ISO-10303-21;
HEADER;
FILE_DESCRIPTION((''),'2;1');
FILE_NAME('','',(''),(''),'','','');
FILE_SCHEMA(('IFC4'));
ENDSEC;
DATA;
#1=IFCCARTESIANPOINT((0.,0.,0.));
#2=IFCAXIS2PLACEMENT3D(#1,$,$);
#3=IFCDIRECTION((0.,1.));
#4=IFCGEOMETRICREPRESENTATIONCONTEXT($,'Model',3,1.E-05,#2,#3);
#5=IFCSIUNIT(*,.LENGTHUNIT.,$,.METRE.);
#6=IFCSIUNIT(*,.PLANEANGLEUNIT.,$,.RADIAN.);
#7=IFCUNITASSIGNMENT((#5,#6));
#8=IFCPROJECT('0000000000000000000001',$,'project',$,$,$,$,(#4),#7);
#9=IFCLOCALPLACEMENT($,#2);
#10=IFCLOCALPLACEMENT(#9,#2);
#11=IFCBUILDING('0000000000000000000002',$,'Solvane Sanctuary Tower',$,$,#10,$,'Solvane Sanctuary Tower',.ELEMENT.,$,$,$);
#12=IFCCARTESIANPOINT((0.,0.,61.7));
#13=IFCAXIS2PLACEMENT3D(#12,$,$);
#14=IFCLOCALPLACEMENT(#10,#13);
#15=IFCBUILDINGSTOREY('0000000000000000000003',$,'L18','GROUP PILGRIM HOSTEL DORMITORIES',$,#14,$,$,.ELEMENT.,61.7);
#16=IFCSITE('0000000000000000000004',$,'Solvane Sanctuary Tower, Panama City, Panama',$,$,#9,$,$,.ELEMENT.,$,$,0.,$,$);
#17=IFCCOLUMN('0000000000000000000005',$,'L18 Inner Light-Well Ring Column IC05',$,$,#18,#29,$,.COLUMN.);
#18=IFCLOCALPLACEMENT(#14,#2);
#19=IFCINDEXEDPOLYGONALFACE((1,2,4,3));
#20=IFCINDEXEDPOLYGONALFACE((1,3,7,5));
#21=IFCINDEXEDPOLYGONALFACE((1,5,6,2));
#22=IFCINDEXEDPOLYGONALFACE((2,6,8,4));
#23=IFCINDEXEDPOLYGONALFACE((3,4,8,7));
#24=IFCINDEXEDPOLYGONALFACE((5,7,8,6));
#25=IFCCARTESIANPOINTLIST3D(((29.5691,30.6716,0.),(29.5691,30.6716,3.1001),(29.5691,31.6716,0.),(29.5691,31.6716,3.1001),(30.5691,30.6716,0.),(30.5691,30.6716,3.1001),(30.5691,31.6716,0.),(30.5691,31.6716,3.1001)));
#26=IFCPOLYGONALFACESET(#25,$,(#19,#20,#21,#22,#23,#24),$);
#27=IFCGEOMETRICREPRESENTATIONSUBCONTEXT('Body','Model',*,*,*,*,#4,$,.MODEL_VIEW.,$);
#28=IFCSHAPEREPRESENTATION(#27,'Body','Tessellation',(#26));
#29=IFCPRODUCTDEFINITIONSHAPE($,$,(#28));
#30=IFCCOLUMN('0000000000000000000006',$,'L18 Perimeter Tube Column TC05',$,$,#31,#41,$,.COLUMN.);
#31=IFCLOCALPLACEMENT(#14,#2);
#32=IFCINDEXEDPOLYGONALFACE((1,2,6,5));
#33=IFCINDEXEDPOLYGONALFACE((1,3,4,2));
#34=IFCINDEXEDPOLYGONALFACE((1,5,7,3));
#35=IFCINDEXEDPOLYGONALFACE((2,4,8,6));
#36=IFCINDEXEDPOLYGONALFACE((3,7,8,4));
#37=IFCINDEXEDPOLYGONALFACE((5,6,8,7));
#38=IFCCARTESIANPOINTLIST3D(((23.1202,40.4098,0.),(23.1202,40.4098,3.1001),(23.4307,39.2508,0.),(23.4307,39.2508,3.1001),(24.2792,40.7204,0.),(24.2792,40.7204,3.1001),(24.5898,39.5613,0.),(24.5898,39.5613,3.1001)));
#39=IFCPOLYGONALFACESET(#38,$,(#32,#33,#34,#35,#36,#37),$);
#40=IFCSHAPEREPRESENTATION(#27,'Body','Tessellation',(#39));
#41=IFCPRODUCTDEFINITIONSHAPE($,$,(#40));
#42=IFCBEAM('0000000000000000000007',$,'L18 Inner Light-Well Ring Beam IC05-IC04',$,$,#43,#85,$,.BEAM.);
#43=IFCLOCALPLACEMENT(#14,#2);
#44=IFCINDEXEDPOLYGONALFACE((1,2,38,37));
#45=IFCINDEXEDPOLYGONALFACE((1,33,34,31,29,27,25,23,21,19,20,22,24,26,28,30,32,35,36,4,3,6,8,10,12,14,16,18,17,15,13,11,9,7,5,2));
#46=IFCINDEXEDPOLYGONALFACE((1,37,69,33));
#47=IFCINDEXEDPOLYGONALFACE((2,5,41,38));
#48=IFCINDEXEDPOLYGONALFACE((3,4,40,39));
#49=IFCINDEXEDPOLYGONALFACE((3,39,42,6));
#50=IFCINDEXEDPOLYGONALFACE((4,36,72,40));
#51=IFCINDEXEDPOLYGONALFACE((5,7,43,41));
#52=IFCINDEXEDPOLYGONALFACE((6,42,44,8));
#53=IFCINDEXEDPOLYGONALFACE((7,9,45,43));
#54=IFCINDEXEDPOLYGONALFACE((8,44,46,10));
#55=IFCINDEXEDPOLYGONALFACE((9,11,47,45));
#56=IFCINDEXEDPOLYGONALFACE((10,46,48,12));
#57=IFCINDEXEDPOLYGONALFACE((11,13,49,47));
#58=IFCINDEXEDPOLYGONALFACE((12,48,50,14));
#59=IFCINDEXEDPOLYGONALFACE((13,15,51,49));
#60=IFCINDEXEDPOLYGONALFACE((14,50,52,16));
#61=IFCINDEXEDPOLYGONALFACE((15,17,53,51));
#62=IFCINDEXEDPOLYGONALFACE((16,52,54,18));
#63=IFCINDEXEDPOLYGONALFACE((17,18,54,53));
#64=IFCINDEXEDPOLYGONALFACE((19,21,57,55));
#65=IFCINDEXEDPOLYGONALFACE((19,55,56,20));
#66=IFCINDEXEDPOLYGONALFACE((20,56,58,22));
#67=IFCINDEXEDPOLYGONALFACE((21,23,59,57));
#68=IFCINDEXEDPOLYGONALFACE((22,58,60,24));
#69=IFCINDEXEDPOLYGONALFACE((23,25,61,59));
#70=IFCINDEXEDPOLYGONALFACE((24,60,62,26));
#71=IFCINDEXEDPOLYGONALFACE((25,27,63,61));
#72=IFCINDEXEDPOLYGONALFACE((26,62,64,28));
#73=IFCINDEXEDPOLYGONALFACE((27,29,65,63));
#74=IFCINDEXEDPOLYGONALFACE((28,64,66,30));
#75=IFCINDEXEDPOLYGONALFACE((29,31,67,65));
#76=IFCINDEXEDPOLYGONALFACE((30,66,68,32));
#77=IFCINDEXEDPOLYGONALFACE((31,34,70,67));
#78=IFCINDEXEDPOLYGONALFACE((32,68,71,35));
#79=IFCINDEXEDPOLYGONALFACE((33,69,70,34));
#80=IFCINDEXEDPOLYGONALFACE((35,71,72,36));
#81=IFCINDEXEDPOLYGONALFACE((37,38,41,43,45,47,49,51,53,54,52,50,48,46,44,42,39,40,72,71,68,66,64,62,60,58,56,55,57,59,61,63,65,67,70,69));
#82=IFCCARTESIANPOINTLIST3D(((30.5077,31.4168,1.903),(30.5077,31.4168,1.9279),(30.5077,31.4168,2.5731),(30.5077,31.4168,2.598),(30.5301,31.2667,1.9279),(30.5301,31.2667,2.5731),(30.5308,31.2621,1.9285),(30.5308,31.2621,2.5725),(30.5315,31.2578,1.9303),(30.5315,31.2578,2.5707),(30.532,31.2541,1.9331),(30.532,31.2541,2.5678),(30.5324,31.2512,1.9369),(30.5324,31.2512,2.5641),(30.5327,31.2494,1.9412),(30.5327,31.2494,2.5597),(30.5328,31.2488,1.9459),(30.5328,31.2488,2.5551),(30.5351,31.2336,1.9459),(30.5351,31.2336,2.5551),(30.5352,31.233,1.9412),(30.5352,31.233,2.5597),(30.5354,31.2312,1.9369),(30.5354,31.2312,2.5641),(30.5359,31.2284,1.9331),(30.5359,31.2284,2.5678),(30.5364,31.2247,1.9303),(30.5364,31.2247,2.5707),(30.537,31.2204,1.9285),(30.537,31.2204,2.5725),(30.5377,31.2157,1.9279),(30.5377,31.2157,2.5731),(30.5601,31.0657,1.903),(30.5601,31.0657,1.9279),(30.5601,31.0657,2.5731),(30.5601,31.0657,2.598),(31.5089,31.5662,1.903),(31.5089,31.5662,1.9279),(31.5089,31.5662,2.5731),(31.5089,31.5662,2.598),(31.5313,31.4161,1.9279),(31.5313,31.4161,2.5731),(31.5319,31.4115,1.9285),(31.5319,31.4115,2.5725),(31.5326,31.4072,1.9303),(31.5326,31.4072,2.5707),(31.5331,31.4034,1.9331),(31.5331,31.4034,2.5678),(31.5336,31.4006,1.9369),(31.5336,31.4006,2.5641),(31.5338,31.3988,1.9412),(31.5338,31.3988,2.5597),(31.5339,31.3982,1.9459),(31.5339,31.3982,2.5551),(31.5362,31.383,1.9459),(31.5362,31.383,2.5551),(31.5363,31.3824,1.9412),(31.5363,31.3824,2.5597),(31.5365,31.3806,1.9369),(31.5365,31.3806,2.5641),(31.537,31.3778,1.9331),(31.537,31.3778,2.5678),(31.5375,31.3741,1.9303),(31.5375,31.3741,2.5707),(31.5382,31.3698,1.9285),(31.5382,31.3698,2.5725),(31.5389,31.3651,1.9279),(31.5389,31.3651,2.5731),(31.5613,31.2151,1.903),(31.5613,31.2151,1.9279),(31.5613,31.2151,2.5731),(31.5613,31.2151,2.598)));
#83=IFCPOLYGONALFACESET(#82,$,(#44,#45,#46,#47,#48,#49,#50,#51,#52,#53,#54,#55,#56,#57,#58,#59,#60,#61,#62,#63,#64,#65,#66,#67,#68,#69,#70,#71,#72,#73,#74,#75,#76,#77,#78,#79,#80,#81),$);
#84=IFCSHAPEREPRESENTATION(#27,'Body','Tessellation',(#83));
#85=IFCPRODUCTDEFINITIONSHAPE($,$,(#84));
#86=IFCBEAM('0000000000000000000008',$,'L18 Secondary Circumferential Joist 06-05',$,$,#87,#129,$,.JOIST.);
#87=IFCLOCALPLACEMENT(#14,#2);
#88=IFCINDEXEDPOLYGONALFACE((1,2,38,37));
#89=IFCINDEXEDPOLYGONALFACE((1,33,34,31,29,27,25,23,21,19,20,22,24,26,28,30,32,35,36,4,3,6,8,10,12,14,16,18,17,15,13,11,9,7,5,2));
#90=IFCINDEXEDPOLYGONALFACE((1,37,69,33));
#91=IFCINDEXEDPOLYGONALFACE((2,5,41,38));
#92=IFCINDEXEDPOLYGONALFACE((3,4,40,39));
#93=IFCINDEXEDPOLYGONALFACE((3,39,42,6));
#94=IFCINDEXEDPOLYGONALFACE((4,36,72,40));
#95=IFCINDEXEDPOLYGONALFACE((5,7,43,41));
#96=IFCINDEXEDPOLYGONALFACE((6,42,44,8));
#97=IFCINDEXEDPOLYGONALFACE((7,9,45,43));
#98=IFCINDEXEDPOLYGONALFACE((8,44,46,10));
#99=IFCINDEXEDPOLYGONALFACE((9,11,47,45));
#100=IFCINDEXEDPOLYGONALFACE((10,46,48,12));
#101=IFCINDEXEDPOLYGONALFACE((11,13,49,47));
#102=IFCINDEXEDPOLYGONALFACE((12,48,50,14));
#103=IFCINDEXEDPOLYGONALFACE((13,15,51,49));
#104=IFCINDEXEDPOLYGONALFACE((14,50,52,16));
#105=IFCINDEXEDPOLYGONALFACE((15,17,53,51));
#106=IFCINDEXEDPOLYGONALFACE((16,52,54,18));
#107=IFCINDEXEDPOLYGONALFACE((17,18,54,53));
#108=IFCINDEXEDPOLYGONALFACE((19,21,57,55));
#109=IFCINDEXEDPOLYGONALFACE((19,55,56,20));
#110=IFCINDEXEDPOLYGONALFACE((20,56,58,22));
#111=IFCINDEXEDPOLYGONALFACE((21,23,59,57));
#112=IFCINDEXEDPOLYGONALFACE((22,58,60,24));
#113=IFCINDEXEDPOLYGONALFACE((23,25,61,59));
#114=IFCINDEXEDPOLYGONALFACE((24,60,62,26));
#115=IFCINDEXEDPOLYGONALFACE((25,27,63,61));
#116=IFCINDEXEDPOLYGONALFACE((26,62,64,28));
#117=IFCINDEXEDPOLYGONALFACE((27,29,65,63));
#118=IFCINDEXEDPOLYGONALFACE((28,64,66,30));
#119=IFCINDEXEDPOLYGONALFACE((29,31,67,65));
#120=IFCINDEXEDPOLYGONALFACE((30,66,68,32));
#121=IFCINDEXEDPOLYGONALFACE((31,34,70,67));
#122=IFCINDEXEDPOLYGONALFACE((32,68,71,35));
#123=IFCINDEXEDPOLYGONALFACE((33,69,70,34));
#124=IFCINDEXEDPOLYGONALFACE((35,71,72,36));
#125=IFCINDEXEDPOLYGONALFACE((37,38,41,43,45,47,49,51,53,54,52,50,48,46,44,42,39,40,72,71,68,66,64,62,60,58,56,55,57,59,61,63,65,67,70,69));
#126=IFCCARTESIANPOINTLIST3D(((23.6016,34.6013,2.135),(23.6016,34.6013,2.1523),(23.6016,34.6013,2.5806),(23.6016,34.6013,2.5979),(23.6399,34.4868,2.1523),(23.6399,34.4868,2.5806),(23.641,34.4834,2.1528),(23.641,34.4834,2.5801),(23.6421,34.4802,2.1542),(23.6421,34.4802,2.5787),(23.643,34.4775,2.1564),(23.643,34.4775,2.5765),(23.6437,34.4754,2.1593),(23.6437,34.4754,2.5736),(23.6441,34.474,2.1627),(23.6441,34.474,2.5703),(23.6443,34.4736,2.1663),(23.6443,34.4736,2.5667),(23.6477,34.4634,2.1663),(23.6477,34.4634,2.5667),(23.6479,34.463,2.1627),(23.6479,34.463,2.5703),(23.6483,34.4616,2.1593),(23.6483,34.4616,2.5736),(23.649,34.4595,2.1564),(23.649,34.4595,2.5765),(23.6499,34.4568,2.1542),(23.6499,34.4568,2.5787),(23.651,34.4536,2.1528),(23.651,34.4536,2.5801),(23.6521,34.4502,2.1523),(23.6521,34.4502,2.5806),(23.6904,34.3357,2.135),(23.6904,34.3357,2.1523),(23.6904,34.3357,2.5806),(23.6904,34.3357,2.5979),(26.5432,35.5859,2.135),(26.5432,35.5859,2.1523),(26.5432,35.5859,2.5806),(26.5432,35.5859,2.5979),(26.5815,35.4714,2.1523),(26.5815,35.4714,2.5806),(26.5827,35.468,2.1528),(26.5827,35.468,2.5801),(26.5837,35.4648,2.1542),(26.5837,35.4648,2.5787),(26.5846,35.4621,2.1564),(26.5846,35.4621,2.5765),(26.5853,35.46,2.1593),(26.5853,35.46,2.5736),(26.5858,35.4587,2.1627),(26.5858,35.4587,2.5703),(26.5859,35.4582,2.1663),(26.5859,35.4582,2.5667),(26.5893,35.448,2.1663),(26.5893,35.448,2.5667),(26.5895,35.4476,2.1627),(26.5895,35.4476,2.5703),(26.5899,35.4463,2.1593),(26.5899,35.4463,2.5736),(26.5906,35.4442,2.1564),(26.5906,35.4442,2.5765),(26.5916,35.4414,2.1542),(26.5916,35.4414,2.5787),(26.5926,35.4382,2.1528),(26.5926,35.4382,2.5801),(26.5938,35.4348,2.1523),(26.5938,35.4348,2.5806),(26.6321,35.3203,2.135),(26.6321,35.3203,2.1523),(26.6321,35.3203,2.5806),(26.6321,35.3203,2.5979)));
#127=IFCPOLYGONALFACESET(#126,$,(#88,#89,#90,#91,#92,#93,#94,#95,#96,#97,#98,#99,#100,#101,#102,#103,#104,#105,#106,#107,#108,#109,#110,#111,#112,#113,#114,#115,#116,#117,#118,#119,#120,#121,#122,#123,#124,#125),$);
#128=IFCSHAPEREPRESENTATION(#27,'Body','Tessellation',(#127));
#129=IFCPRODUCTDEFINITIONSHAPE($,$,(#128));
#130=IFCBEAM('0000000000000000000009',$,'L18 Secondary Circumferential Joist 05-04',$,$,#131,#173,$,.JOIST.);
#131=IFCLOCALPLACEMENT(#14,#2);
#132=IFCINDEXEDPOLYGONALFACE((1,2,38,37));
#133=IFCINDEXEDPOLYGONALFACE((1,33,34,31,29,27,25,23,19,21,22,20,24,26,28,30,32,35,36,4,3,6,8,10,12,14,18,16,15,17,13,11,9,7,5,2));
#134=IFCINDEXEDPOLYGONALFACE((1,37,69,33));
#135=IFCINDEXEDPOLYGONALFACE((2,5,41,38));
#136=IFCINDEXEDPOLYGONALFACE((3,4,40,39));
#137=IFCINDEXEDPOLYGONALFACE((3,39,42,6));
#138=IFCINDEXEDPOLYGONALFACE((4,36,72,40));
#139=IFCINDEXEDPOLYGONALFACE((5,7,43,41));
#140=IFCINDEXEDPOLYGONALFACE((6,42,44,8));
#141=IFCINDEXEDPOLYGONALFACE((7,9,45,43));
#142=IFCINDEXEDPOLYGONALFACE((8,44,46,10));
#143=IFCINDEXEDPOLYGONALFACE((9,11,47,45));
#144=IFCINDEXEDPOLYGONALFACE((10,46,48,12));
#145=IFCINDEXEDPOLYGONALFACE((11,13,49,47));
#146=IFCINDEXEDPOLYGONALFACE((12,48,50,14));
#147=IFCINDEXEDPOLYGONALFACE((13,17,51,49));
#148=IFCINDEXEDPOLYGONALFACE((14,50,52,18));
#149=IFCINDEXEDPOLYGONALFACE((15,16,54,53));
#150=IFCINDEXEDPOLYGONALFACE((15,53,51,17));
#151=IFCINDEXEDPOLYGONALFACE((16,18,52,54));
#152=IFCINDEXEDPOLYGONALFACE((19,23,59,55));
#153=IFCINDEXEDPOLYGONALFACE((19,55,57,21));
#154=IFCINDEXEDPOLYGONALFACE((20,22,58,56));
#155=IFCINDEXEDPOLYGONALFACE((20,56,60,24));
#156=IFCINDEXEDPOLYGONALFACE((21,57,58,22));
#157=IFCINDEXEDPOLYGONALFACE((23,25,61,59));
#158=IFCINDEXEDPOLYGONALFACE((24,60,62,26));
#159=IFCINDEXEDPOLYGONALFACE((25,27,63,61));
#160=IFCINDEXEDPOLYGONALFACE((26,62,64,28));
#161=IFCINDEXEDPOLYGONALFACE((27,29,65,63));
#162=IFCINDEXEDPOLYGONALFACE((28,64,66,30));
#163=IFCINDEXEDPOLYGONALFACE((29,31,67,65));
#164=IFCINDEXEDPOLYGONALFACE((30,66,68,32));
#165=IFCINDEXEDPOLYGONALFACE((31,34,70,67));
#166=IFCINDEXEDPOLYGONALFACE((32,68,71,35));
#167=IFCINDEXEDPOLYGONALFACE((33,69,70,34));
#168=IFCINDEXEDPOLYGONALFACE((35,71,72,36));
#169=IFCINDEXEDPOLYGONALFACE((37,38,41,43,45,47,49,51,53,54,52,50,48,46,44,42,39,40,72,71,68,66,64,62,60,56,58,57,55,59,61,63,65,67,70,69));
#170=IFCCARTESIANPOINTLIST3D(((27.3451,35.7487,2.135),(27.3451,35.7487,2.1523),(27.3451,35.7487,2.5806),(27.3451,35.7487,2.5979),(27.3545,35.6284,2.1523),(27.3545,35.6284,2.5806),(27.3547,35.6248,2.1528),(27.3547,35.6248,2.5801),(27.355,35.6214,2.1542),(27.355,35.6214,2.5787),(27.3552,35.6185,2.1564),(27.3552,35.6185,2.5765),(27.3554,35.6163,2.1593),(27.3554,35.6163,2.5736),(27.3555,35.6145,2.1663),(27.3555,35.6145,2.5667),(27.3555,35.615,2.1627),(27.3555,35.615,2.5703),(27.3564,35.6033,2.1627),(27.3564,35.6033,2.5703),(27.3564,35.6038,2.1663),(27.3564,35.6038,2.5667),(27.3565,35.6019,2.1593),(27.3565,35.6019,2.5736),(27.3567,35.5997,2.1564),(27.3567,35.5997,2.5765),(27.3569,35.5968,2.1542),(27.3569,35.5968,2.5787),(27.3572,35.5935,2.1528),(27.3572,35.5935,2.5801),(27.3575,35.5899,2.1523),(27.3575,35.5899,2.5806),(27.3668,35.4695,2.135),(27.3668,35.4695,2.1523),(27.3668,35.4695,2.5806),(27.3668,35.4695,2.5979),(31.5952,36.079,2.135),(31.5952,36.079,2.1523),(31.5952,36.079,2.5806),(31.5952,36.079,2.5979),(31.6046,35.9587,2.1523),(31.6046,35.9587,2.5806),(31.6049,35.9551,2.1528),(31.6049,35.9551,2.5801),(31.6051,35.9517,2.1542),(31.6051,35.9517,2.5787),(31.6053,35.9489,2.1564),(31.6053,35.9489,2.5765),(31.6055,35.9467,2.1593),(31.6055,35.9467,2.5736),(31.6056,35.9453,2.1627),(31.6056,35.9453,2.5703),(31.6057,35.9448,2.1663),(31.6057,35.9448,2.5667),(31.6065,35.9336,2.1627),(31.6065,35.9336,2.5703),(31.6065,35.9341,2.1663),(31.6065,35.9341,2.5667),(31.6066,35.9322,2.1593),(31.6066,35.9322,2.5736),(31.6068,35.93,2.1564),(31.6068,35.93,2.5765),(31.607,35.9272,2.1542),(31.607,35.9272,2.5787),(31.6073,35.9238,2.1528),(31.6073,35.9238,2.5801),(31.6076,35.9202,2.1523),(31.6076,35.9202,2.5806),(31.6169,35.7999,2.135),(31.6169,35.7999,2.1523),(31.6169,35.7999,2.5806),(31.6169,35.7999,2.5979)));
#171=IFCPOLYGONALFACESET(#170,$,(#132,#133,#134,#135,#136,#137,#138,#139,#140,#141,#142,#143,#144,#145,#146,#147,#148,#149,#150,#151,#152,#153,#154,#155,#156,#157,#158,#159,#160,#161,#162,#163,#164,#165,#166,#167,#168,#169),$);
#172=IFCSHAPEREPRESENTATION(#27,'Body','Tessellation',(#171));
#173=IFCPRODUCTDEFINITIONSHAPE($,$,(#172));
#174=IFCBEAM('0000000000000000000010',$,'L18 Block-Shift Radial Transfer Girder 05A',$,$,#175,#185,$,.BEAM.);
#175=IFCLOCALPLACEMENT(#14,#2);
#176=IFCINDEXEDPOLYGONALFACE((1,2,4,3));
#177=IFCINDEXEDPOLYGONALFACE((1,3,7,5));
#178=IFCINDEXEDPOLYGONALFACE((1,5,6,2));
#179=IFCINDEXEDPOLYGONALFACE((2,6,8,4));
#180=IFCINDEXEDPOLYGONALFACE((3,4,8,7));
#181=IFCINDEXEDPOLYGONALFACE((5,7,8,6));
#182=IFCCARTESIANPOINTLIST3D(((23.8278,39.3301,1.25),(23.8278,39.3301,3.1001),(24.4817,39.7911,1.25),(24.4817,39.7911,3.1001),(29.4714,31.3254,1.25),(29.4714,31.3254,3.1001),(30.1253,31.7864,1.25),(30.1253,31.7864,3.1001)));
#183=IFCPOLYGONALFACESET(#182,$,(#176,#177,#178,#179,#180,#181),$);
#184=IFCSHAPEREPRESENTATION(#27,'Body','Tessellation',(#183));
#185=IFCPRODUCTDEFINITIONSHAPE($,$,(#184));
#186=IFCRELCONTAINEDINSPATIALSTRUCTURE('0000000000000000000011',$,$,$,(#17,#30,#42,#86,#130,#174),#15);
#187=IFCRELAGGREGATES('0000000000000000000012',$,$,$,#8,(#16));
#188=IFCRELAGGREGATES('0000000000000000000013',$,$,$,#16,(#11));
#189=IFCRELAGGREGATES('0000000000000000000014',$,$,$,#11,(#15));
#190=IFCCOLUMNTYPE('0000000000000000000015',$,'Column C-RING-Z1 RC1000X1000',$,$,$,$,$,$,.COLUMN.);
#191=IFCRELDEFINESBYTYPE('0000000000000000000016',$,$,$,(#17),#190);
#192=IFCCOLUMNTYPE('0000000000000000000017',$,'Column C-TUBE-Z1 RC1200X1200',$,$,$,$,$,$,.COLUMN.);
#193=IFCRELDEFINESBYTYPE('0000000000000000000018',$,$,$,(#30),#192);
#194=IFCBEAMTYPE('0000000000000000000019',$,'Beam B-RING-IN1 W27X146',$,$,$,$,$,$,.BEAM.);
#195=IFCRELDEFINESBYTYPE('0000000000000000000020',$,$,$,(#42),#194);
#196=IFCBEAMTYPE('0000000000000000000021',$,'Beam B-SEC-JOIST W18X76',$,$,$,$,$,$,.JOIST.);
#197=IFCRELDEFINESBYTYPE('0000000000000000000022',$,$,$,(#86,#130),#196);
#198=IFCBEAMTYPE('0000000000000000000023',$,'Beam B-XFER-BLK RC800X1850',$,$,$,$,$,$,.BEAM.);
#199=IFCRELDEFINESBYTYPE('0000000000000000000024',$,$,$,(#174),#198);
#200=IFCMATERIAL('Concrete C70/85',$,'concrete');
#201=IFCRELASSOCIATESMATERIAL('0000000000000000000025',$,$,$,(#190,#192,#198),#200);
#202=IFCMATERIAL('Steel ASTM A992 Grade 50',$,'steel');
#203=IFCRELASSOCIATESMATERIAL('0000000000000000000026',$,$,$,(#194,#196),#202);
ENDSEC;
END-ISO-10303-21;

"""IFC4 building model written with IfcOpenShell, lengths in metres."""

from ifc_helpers import new_model, si_unit, direction, frame, origin, origin_2d, place, context, subcontext, project, spatial, rectangle, i_section, extrude, material, material_profile, profile_set, type_object, element, save


model = new_model("IFC4")

# Units and contexts
model_context = context("Model", 3, precision=1e-05, world=origin(), true_north=direction((0.0, 1.0)))
body_context = subcontext(model_context, "Body", "Model", "MODEL_VIEW")
ifc_project = project(units=[si_unit("LENGTHUNIT", "METRE"), si_unit("PLANEANGLEUNIT", "RADIAN")], contexts=[model_context])

# Site, building, storey
site_placement = place(None, origin())
site = spatial("IfcSite", under=ifc_project, at=site_placement, Name="Solvane Sanctuary Tower, Panama City, Panama", CompositionType="ELEMENT", RefElevation=0.0)
building_placement = place(site_placement, origin())
building = spatial("IfcBuilding", under=site, at=building_placement, Name="Solvane Sanctuary Tower", LongName="Solvane Sanctuary Tower", CompositionType="ELEMENT")
storey_placement = place(building_placement, frame((0.0, 0.0, 61.7)))
storey = spatial("IfcBuildingStorey", under=building, at=storey_placement, Name="L18", Description="GROUP PILGRIM HOSTEL DORMITORIES", CompositionType="ELEMENT", Elevation=61.7)

# Columns
ifc_material_1 = material(Name="Concrete C70/85", Category="concrete")
ifc_material_profile_1 = material_profile(ifc_material_1, rectangle(XDim=1.0, YDim=1.0, at=origin_2d()), Name="RC1000X1000")
ifc_profile_set_1 = profile_set([ifc_material_profile_1], Name="Concrete C70/85")
column_type_1 = type_object("IfcColumnType", Name="Column C-RING-Z1 RC1000X1000", PredefinedType="COLUMN", material=ifc_profile_set_1)
column_1_placement = place(storey_placement, frame((30.0691, 31.1716, 0.0), z_axis=(0.0, 0.0, 1.0), x_axis=(1.0, 0.0, 0.0)))
element("IfcColumn", 1, at=column_1_placement, inside=storey, type_object=column_type_1, Name="L18 Inner Light-Well Ring Column IC05", PredefinedType="COLUMN", context=body_context, shape_type="SweptSolid", body=[
    extrude(rectangle(XDim=1.0, YDim=1.0, at=origin_2d()), origin(), (0.0, 0.0, 1.0), 3.1001),
])
ifc_material_profile_2 = material_profile(ifc_material_1, rectangle(XDim=1.2, YDim=1.2, at=origin_2d()), Name="RC1200X1200")
ifc_profile_set_2 = profile_set([ifc_material_profile_2], Name="Concrete C70/85")
column_type_2 = type_object("IfcColumnType", Name="Column C-TUBE-Z1 RC1200X1200", PredefinedType="COLUMN", material=ifc_profile_set_2)
column_2_placement = place(storey_placement, frame((23.855, 39.9856, 0.0), z_axis=(0.0, 0.0, 1.0), x_axis=(-0.258819, 0.965926, 0.0)))
element("IfcColumn", 2, at=column_2_placement, inside=storey, type_object=column_type_2, Name="L18 Perimeter Tube Column TC05", PredefinedType="COLUMN", context=body_context, shape_type="SweptSolid", body=[
    extrude(rectangle(XDim=1.2, YDim=1.2, at=origin_2d()), origin(), (0.0, 0.0, 1.0), 3.1001),
])

# Beams
ifc_material_2 = material(Name="Steel ASTM A992 Grade 50", Category="steel")
ifc_material_profile_3 = material_profile(ifc_material_2, i_section(OverallWidth=0.355, OverallDepth=0.6951, WebThickness=0.0154, FlangeThickness=0.0249, FilletRadius=0.0181, at=origin_2d()), Name="W27X146")
ifc_profile_set_3 = profile_set([ifc_material_profile_3], Name="Steel ASTM A992 Grade 50")
beam_type_1 = type_object("IfcBeamType", Name="Beam B-RING-IN1 W27X146", PredefinedType="BEAM", material=ifc_profile_set_3)
beam_1_placement = place(storey_placement, frame((30.5339, 31.2412, 2.2505), z_axis=(0.989048, 0.147597, 0.0), x_axis=(-0.147597, 0.989048, 0.0)))
element("IfcBeam", 3, at=beam_1_placement, inside=storey, type_object=beam_type_1, Name="L18 Inner Light-Well Ring Beam IC05-IC04", PredefinedType="BEAM", context=body_context, shape_type="SweptSolid", body=[
    extrude(i_section(OverallWidth=0.355, OverallDepth=0.6951, WebThickness=0.0154, FlangeThickness=0.0249, FilletRadius=0.0181, at=origin_2d()), origin(), (0.0, 0.0, 1.0), 1.0122),
])
ifc_material_profile_4 = material_profile(ifc_material_2, i_section(OverallWidth=0.28, OverallDepth=0.4629, WebThickness=0.0107, FlangeThickness=0.0173, FilletRadius=0.0139, at=origin_2d()), Name="W18X76")
ifc_profile_set_4 = profile_set([ifc_material_profile_4], Name="Steel ASTM A992 Grade 50")
beam_type_2 = type_object("IfcBeamType", Name="Beam B-SEC-JOIST W18X76", PredefinedType="JOIST", material=ifc_profile_set_4)
beam_2_placement = place(storey_placement, frame((23.646, 34.4685, 2.3665), z_axis=(0.948289, 0.317408, 0.0), x_axis=(-0.317408, 0.948289, 0.0)))
element("IfcBeam", 4, at=beam_2_placement, inside=storey, type_object=beam_type_2, Name="L18 Secondary Circumferential Joist 06-05", PredefinedType="JOIST", context=body_context, shape_type="SweptSolid", body=[
    extrude(i_section(OverallWidth=0.28, OverallDepth=0.4629, WebThickness=0.0107, FlangeThickness=0.0173, FilletRadius=0.0139, at=origin_2d()), origin(), (0.0, 0.0, 1.0), 3.1021),
])
beam_3_placement = place(storey_placement, frame((27.356, 35.6091, 2.3665), z_axis=(0.996994, 0.077485, 0.0), x_axis=(-0.077485, 0.996994, 0.0)))
element("IfcBeam", 5, at=beam_3_placement, inside=storey, type_object=beam_type_2, Name="L18 Secondary Circumferential Joist 05-04", PredefinedType="JOIST", context=body_context, shape_type="SweptSolid", body=[
    extrude(i_section(OverallWidth=0.28, OverallDepth=0.4629, WebThickness=0.0107, FlangeThickness=0.0173, FilletRadius=0.0139, at=origin_2d()), origin(), (0.0, 0.0, 1.0), 4.2629),
])
ifc_material_profile_5 = material_profile(ifc_material_1, rectangle(XDim=0.8, YDim=1.8501, at=origin_2d()), Name="RC800X1850")
ifc_profile_set_5 = profile_set([ifc_material_profile_5], Name="Concrete C70/85")
beam_type_3 = type_object("IfcBeamType", Name="Beam B-XFER-BLK RC800X1850", PredefinedType="BEAM", material=ifc_profile_set_5)
beam_4_placement = place(storey_placement, frame((29.7983, 31.5559, 2.175), z_axis=(-0.576221, 0.817294, 0.0), x_axis=(-0.817294, -0.576221, 0.0)))
element("IfcBeam", 6, at=beam_4_placement, inside=storey, type_object=beam_type_3, Name="L18 Block-Shift Radial Transfer Girder 05A", PredefinedType="BEAM", context=body_context, shape_type="SweptSolid", body=[
    extrude(rectangle(XDim=0.8, YDim=1.8501, at=origin_2d()), origin(), (0.0, 0.0, 1.0), 9.7942),
])

save(model, "model.ifc")
